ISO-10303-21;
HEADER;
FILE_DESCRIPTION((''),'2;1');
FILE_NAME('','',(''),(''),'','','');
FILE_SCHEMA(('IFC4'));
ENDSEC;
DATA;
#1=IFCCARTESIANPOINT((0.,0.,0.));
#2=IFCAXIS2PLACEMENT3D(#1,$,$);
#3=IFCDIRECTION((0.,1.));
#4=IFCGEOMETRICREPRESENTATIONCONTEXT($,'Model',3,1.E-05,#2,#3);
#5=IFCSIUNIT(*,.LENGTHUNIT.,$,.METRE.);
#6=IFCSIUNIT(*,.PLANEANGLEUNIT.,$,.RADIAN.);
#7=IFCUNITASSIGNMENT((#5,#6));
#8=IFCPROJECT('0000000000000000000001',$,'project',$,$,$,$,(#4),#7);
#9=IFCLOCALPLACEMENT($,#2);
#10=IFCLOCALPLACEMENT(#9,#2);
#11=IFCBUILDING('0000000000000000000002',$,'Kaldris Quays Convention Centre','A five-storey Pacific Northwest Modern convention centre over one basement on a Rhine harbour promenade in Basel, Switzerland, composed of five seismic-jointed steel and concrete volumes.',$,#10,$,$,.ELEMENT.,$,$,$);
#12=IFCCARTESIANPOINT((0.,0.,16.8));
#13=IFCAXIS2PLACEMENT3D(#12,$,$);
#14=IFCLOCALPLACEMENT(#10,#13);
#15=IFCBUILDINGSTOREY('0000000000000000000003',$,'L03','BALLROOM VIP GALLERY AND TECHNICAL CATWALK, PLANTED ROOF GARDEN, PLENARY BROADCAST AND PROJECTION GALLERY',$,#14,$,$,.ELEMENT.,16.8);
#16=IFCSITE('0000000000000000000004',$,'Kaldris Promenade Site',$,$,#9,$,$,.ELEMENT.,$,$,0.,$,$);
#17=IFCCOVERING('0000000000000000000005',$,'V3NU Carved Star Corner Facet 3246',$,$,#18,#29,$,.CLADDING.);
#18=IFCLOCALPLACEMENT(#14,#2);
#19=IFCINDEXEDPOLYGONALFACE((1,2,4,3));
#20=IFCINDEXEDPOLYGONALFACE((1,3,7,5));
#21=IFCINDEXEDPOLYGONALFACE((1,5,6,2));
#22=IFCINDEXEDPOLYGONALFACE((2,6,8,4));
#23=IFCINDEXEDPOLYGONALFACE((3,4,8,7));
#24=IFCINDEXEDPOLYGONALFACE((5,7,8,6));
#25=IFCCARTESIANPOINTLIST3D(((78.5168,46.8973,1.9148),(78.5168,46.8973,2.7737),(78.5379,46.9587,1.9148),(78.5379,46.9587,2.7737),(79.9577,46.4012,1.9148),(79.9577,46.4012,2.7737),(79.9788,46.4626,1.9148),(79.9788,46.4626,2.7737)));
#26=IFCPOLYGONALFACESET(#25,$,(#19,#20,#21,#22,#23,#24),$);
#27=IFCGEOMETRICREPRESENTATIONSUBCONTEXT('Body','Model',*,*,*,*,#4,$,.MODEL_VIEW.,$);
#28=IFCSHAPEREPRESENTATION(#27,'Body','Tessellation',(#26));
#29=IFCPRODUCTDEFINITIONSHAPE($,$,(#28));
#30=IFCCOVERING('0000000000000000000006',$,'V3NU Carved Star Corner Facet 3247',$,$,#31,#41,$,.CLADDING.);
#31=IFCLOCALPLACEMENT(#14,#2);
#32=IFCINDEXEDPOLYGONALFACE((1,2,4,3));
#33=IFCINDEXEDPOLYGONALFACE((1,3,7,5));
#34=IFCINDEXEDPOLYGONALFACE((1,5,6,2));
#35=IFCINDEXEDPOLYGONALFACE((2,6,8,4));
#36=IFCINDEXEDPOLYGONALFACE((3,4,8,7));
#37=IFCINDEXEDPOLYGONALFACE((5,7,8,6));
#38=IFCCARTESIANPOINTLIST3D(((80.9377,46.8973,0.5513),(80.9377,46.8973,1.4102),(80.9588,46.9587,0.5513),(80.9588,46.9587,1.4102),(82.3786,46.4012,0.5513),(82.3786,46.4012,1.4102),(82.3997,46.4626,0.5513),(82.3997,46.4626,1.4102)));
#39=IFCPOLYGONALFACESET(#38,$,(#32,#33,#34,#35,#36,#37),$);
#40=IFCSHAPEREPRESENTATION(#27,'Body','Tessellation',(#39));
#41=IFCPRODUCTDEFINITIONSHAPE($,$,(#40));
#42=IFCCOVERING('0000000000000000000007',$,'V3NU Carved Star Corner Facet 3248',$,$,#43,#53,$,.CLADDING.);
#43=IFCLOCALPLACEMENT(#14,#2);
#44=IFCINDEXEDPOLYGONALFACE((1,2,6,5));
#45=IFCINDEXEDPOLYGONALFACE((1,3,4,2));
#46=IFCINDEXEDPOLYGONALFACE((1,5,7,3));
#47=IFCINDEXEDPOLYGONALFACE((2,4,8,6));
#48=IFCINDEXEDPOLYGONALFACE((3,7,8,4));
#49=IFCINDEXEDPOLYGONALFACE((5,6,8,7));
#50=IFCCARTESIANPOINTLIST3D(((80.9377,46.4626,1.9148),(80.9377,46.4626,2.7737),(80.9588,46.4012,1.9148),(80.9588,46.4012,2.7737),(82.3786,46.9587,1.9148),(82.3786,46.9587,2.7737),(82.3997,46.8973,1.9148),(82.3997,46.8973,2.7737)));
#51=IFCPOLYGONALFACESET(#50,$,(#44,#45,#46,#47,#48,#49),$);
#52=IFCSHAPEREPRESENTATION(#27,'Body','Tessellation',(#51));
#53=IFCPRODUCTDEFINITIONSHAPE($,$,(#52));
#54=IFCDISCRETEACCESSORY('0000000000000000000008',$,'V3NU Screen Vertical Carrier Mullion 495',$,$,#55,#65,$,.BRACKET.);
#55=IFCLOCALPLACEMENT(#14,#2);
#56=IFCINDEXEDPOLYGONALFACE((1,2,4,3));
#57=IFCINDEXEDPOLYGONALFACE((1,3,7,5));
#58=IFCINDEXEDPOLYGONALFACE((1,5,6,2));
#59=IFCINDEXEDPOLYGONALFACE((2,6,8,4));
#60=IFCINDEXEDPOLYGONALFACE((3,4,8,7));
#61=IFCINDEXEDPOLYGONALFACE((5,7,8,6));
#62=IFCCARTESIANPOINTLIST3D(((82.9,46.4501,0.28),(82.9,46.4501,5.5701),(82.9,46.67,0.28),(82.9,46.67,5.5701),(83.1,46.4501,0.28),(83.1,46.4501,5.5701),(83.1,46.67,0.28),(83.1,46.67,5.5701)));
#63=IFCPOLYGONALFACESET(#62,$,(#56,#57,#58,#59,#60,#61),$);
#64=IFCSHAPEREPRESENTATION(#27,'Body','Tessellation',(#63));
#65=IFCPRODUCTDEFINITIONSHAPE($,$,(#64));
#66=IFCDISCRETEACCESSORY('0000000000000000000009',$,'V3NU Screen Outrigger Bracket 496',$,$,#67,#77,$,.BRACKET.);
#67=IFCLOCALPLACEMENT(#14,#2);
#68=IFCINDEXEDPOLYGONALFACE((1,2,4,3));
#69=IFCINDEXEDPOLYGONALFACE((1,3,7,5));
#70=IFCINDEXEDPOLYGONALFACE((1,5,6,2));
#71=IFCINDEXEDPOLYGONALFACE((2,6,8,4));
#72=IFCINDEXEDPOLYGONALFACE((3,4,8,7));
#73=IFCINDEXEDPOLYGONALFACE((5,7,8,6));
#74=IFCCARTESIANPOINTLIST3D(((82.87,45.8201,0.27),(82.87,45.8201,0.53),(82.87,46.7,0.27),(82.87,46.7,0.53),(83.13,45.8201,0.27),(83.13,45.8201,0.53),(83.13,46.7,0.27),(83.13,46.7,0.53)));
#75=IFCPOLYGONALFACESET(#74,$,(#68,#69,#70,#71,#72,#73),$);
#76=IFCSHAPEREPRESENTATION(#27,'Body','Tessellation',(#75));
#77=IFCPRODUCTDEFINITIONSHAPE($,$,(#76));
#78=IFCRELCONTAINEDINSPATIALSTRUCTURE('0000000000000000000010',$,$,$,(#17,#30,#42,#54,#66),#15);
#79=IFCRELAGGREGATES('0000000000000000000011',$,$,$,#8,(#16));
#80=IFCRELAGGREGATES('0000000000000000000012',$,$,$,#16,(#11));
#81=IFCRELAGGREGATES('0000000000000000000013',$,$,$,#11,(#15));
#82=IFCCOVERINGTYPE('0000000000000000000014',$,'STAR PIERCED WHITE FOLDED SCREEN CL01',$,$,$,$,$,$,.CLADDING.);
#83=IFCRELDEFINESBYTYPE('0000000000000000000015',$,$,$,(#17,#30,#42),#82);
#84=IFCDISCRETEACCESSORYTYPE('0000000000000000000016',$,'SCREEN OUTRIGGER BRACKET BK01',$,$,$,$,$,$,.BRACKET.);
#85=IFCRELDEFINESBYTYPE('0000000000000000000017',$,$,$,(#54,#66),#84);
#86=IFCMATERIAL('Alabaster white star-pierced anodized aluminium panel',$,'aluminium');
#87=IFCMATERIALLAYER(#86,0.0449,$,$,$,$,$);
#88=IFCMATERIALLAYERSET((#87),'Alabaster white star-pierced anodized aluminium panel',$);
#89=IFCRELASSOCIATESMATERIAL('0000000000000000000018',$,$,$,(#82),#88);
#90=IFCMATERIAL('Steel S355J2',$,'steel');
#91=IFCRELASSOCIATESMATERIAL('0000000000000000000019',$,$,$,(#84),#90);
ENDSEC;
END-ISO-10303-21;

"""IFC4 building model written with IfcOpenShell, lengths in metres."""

from ifc_helpers import new_model, si_unit, direction, frame, origin, origin_2d, place, context, subcontext, project, spatial, rectangle, extrude, material, layer, layer_set, type_object, element, save


model = new_model("IFC4")

# Units and contexts
model_context = context("Model", 3, precision=1e-05, world=origin(), true_north=direction((0.0, 1.0)))
body_context = subcontext(model_context, "Body", "Model", "MODEL_VIEW")
ifc_project = project(units=[si_unit("LENGTHUNIT", "METRE"), si_unit("PLANEANGLEUNIT", "RADIAN")], contexts=[model_context])

# Site, building, storey
site_placement = place(None, origin())
site = spatial("IfcSite", under=ifc_project, at=site_placement, Name="Kaldris Promenade Site", CompositionType="ELEMENT", RefElevation=0.0)
building_placement = place(site_placement, origin())
building = spatial("IfcBuilding", under=site, at=building_placement, Name="Kaldris Quays Convention Centre", Description="A five-storey Pacific Northwest Modern convention centre over one basement on a Rhine harbour promenade in Basel, Switzerland, composed of five seismic-jointed steel and concrete volumes.", CompositionType="ELEMENT")
storey_placement = place(building_placement, frame((0.0, 0.0, 16.8)))
storey = spatial("IfcBuildingStorey", under=building, at=storey_placement, Name="L03", Description="BALLROOM VIP GALLERY AND TECHNICAL CATWALK, PLANTED ROOF GARDEN, PLENARY BROADCAST AND PROJECTION GALLERY", CompositionType="ELEMENT", Elevation=16.8)

# Shared definitions
ifc_material_1 = material(Name="Steel S355J2", Category="steel")

# Coverings
ifc_material_2 = material(Name="Alabaster white star-pierced anodized aluminium panel", Category="aluminium")
ifc_layer = layer(ifc_material_2, 0.0449)
ifc_layer_set = layer_set([ifc_layer], Name="Alabaster white star-pierced anodized aluminium panel")
covering_type = type_object("IfcCoveringType", Name="STAR PIERCED WHITE FOLDED SCREEN CL01", PredefinedType="CLADDING", material=ifc_layer_set)
for number, where, z_axis, x_axis, name in (
    (1, (79.2478, 46.6799, 1.9148), (0.0, 0.0, 1.0), (0.945519, -0.325568, 0.0), "V3NU Carved Star Corner Facet 3246"),
    (2, (81.6687, 46.6799, 0.5513), (0.0, 0.0, 1.0), (0.945519, -0.325568, 0.0), "V3NU Carved Star Corner Facet 3247"),
    (3, (81.6687, 46.6799, 1.9148), (0.0, 0.0, 1.0), (0.945519, 0.325568, 0.0), "V3NU Carved Star Corner Facet 3248"),
):
    element("IfcCovering", number, at=place(storey_placement, frame(where, z_axis=z_axis, x_axis=x_axis)), inside=storey, type_object=covering_type, Name=name, PredefinedType="CLADDING", context=body_context, shape_type="SweptSolid", body=[
        extrude(rectangle(XDim=1.5239, YDim=0.0649, at=origin_2d()), origin(), (0.0, 0.0, 1.0), 0.8589),
    ])

# Discrete accessories
discrete_accessory_type = type_object("IfcDiscreteAccessoryType", Name="SCREEN OUTRIGGER BRACKET BK01", PredefinedType="BRACKET", material=ifc_material_1)
discrete_accessory_1_placement = place(storey_placement, frame((83.0, 46.5601, 0.28), z_axis=(0.0, 0.0, 1.0), x_axis=(1.0, 0.0, 0.0)))
element("IfcDiscreteAccessory", 4, at=discrete_accessory_1_placement, inside=storey, type_object=discrete_accessory_type, Name="V3NU Screen Vertical Carrier Mullion 495", PredefinedType="BRACKET", context=body_context, shape_type="SweptSolid", body=[
    extrude(rectangle(XDim=0.2, YDim=0.22, at=origin_2d()), origin(), (0.0, 0.0, 1.0), 5.29),
])
discrete_accessory_2_placement = place(storey_placement, frame((83.0, 46.26, 0.27), z_axis=(0.0, 0.0, 1.0), x_axis=(1.0, 0.0, 0.0)))
element("IfcDiscreteAccessory", 5, at=discrete_accessory_2_placement, inside=storey, type_object=discrete_accessory_type, Name="V3NU Screen Outrigger Bracket 496", PredefinedType="BRACKET", context=body_context, shape_type="SweptSolid", body=[
    extrude(rectangle(XDim=0.26, YDim=0.8799, at=origin_2d()), origin(), (0.0, 0.0, 1.0), 0.26),
])

save(model, "model.ifc")
